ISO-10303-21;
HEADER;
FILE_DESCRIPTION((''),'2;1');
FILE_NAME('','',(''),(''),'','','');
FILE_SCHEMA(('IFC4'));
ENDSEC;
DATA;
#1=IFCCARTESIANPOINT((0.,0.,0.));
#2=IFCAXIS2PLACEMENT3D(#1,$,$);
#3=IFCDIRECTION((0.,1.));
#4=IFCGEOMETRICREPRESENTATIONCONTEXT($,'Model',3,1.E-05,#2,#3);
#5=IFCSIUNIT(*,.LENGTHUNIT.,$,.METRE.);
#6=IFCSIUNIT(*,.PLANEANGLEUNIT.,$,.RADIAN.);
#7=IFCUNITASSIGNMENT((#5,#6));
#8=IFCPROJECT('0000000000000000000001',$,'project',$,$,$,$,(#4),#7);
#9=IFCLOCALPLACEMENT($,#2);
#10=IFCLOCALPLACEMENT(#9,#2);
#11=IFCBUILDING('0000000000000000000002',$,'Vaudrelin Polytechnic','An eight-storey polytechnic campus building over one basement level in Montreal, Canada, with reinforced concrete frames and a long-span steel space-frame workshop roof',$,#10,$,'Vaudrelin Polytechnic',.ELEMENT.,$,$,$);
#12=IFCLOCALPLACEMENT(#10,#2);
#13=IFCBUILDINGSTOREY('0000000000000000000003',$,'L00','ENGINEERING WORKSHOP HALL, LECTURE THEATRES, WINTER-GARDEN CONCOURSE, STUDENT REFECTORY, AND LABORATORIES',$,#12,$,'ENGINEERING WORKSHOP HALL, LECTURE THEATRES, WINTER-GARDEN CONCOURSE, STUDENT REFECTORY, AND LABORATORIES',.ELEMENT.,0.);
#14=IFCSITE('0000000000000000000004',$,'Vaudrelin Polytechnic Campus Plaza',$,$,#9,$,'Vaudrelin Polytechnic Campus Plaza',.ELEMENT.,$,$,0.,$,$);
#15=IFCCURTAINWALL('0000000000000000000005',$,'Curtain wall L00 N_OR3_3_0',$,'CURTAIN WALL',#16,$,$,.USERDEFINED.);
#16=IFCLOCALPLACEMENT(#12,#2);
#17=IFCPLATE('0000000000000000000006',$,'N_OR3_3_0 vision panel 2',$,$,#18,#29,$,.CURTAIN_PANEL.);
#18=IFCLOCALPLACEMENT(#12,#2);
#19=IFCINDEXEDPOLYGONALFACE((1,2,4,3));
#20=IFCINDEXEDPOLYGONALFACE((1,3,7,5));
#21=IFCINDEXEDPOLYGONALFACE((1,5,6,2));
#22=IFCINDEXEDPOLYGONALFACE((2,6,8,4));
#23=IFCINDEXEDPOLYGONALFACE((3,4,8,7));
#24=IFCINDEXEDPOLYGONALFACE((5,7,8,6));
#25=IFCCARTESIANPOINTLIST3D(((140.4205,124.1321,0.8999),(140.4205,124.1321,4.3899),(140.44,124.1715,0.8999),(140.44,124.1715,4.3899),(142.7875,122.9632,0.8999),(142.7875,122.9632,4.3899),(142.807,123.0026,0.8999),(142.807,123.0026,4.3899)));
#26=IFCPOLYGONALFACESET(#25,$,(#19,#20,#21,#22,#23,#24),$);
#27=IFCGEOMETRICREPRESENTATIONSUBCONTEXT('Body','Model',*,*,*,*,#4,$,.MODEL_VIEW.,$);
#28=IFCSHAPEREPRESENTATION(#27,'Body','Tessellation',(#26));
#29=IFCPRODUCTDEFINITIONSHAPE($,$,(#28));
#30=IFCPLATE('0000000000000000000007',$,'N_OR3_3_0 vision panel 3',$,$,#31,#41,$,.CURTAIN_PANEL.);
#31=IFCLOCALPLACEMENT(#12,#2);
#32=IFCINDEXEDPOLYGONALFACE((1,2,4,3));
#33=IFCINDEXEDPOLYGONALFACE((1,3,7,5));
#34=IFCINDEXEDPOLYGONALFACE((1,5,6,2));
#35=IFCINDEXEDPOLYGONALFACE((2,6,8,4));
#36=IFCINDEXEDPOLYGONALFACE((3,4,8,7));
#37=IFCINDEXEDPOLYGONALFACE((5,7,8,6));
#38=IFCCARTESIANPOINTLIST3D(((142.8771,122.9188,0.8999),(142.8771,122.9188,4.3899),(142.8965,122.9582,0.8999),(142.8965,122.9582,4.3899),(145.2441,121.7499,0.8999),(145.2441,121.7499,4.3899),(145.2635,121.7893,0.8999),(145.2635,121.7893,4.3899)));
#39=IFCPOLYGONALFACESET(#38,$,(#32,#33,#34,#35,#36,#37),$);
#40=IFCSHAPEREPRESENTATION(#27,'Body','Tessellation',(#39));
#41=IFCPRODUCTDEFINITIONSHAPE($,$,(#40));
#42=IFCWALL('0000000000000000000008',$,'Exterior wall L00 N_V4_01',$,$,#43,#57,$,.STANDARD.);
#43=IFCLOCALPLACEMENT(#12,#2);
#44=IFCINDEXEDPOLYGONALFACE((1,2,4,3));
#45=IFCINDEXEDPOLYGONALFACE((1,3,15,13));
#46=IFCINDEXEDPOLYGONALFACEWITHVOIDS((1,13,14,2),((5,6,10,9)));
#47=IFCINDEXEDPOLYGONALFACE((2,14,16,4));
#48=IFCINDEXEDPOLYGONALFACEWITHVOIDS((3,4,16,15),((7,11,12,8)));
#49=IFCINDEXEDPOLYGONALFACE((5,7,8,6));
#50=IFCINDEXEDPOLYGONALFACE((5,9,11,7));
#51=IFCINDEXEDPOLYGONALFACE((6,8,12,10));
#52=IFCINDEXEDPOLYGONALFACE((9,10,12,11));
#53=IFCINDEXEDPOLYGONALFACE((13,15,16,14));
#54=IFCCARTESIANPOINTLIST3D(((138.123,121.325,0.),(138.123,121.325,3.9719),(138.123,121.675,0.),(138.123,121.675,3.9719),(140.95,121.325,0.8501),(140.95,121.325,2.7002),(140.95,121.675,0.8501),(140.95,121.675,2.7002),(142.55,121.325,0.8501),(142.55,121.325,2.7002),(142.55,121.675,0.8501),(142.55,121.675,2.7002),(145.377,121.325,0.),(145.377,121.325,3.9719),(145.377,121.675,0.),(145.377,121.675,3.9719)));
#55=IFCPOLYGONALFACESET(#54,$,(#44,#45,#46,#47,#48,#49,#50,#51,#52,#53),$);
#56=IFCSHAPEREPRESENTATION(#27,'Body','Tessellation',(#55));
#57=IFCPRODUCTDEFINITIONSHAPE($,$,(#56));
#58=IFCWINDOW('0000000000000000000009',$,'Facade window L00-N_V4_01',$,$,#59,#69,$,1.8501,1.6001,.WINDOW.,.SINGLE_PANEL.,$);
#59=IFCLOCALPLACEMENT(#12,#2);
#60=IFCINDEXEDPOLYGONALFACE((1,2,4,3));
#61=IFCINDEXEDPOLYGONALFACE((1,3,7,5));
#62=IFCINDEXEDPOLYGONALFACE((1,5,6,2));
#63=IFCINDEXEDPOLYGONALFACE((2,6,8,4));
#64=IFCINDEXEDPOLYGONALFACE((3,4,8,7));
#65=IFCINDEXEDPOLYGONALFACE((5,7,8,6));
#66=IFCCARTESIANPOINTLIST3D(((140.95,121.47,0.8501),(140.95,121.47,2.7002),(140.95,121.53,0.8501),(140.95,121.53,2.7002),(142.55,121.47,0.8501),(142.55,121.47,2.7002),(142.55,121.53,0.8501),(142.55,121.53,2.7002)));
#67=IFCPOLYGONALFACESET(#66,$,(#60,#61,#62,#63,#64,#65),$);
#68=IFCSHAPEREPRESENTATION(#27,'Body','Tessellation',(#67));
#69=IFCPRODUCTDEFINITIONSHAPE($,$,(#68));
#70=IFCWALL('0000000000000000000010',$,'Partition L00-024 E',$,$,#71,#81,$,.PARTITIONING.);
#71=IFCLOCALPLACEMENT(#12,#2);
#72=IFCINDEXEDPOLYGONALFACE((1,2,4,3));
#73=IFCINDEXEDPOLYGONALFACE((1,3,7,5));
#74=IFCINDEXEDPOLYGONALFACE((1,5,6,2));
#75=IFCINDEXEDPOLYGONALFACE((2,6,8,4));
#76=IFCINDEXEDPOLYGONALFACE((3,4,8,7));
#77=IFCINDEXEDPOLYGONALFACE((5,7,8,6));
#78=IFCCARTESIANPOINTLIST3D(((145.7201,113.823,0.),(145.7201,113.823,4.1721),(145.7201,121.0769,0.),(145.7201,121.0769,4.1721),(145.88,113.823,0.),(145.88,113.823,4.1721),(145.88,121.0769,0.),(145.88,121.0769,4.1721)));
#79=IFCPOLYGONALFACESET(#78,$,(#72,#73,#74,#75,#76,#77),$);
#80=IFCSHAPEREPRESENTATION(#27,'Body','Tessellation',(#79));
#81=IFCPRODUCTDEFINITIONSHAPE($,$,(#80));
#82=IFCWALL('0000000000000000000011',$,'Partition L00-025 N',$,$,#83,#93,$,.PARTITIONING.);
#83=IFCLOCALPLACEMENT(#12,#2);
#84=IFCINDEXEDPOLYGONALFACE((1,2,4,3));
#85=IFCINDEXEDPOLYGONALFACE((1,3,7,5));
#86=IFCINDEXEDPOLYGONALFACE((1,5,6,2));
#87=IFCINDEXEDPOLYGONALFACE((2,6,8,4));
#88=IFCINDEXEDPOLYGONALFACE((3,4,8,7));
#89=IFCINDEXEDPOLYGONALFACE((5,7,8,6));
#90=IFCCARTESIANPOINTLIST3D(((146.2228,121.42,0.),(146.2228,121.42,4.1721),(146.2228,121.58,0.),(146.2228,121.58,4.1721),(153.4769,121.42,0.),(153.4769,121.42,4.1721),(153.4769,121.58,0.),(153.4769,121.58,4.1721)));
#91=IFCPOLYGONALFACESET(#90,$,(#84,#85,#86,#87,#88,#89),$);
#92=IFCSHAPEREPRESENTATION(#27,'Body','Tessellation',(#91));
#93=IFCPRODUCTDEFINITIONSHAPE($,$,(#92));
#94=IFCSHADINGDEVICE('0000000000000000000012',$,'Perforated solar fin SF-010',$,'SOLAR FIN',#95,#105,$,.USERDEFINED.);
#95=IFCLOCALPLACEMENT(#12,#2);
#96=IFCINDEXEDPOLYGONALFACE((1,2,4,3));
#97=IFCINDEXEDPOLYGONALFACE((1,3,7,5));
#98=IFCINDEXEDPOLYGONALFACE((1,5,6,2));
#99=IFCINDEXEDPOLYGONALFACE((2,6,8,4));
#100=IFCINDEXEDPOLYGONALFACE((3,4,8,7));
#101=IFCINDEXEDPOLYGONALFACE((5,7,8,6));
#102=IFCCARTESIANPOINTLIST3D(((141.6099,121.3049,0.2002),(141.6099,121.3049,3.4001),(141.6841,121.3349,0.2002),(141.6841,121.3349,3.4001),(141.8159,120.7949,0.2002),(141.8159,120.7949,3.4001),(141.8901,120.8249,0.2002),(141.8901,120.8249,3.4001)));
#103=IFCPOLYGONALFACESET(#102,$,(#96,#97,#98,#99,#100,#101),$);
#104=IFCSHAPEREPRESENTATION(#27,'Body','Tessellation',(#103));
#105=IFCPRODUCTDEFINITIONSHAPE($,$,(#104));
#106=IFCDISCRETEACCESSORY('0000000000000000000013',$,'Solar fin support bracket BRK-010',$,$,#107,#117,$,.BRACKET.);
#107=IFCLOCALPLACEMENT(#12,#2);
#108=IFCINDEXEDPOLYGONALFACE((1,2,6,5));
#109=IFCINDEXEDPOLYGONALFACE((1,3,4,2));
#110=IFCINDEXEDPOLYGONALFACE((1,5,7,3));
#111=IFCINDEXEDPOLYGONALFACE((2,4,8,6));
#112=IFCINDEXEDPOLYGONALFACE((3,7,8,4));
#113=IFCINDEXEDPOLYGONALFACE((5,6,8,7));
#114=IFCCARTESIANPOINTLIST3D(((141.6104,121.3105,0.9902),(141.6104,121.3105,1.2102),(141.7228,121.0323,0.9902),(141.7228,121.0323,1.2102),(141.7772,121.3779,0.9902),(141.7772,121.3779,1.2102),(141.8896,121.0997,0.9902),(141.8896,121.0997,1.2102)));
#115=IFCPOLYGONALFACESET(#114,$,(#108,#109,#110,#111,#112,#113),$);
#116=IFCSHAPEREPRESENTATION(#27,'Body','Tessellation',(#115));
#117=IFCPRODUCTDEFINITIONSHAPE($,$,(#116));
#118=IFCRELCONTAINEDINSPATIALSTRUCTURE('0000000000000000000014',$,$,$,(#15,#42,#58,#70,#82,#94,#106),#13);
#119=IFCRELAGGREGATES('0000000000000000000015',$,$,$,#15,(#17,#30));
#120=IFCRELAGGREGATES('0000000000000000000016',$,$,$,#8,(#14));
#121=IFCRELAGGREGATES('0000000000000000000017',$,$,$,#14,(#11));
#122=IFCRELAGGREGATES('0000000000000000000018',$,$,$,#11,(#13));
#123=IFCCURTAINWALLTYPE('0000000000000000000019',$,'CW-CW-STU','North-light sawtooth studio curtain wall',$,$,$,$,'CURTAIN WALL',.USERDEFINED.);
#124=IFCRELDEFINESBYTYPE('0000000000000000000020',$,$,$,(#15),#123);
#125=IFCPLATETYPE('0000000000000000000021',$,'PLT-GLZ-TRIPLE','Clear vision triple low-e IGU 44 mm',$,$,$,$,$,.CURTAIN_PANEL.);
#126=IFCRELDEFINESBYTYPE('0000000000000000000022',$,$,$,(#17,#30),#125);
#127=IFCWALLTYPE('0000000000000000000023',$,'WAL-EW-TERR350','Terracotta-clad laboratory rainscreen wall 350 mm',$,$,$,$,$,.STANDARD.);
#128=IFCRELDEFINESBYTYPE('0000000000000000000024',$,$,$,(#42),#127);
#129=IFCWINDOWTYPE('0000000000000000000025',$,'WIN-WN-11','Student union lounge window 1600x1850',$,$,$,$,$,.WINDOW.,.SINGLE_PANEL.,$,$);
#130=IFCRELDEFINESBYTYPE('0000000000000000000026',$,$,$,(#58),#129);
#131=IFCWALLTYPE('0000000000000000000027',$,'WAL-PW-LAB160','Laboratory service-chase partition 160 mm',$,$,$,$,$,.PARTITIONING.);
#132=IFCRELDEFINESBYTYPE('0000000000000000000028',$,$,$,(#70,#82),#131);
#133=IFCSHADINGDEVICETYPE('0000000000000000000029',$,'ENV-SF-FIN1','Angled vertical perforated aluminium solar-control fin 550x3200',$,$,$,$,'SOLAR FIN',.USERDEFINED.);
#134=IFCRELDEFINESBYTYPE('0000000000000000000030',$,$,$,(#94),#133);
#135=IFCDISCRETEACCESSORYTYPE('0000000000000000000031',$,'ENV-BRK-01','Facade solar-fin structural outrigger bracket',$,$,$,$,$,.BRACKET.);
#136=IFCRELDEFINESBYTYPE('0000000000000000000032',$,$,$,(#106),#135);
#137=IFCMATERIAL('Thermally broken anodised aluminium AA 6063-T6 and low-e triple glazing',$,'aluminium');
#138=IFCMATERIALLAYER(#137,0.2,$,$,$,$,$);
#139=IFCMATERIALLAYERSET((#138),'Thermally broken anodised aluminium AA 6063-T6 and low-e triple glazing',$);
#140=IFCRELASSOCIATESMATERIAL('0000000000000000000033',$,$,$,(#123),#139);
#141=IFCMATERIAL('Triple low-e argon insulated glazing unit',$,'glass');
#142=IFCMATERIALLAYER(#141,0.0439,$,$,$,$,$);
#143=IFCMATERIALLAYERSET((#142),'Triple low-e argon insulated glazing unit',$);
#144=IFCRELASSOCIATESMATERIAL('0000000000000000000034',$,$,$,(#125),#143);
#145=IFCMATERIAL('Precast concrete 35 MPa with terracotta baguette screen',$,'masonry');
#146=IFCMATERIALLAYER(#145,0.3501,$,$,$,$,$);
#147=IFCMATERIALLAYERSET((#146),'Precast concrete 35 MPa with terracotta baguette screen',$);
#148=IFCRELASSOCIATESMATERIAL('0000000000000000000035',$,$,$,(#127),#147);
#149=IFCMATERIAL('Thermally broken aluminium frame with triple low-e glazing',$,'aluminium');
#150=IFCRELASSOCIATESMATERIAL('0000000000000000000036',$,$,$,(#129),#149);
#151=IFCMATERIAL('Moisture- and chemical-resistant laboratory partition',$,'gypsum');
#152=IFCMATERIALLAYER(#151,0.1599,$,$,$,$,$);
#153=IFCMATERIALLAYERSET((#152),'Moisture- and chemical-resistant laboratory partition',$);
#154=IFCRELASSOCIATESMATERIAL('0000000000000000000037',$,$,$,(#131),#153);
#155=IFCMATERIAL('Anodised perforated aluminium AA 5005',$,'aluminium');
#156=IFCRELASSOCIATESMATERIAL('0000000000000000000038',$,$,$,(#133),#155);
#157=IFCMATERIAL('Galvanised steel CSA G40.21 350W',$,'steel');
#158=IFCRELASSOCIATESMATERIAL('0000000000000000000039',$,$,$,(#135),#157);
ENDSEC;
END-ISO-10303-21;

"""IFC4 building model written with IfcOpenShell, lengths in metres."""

from ifc_helpers import new_model, si_unit, direction, frame, frame_2d, origin, origin_2d, place, context, subcontext, project, spatial, rectangle, extrude, material, layer, layer_set, type_object, element, fill, aggregate, save


model = new_model("IFC4")

# Units and contexts
model_context = context("Model", 3, precision=1e-05, world=origin(), true_north=direction((0.0, 1.0)))
body_context = subcontext(model_context, "Body", "Model", "MODEL_VIEW")
ifc_project = project(units=[si_unit("LENGTHUNIT", "METRE"), si_unit("PLANEANGLEUNIT", "RADIAN")], contexts=[model_context])

# Site, building, storey
site_placement = place(None, origin())
site = spatial("IfcSite", under=ifc_project, at=site_placement, Name="Vaudrelin Polytechnic Campus Plaza", LongName="Vaudrelin Polytechnic Campus Plaza", CompositionType="ELEMENT", RefElevation=0.0)
building_placement = place(site_placement, origin())
building = spatial("IfcBuilding", under=site, at=building_placement, Name="Vaudrelin Polytechnic", Description="An eight-storey polytechnic campus building over one basement level in Montreal, Canada, with reinforced concrete frames and a long-span steel space-frame workshop roof", LongName="Vaudrelin Polytechnic", CompositionType="ELEMENT")
storey_placement = place(building_placement, origin())
storey = spatial("IfcBuildingStorey", under=building, at=storey_placement, Name="L00", Description="ENGINEERING WORKSHOP HALL, LECTURE THEATRES, WINTER-GARDEN CONCOURSE, STUDENT REFECTORY, AND LABORATORIES", LongName="ENGINEERING WORKSHOP HALL, LECTURE THEATRES, WINTER-GARDEN CONCOURSE, STUDENT REFECTORY, AND LABORATORIES", CompositionType="ELEMENT", Elevation=0.0)

# Curtain wall
ifc_material_1 = material(Name="Thermally broken anodised aluminium AA 6063-T6 and low-e triple glazing", Category="aluminium")
ifc_layer_1 = layer(ifc_material_1, 0.2)
ifc_layer_set_1 = layer_set([ifc_layer_1], Name="Thermally broken anodised aluminium AA 6063-T6 and low-e triple glazing")
curtain_wall_type_1 = type_object("IfcCurtainWallType", Name="CW-CW-STU", Description="North-light sawtooth studio curtain wall", ElementType="CURTAIN WALL", PredefinedType="USERDEFINED", material=ifc_layer_set_1)
curtain_wall_1_placement = place(storey_placement, origin())
curtain_wall_1 = element("IfcCurtainWall", 1, at=curtain_wall_1_placement, inside=storey, type_object=curtain_wall_type_1, Name="Curtain wall L00 N_OR3_3_0", ObjectType="CURTAIN WALL", PredefinedType="USERDEFINED")

# Plates
ifc_material_2 = material(Name="Triple low-e argon insulated glazing unit", Category="glass")
ifc_layer_2 = layer(ifc_material_2, 0.0439)
ifc_layer_set_2 = layer_set([ifc_layer_2], Name="Triple low-e argon insulated glazing unit")
plate_type_1 = type_object("IfcPlateType", Name="PLT-GLZ-TRIPLE", Description="Clear vision triple low-e IGU 44 mm", PredefinedType="CURTAIN_PANEL", material=ifc_layer_set_2)
plate_1_placement = place(storey_placement, frame((141.6138, 123.5674, 0.8999), z_axis=(0.0, 0.0, 1.0), x_axis=(0.896628, -0.442785, 0.0)))
plate_1 = element("IfcPlate", 2, at=plate_1_placement, type_object=plate_type_1, Name="N_OR3_3_0 vision panel 2", PredefinedType="CURTAIN_PANEL", context=body_context, shape_type="SweptSolid", body=[
    extrude(rectangle(XDim=2.6399, YDim=0.0439, at=origin_2d()), origin(), (0.0, 0.0, 1.0), 3.49),
])
plate_2_placement = place(storey_placement, frame((144.0703, 122.354, 0.8999), z_axis=(0.0, 0.0, 1.0), x_axis=(0.896628, -0.442785, 0.0)))
plate_2 = element("IfcPlate", 3, at=plate_2_placement, type_object=plate_type_1, Name="N_OR3_3_0 vision panel 3", PredefinedType="CURTAIN_PANEL", context=body_context, shape_type="SweptSolid", body=[
    extrude(rectangle(XDim=2.6399, YDim=0.0439, at=origin_2d()), origin(), (0.0, 0.0, 1.0), 3.49),
])
aggregate(curtain_wall_1, [plate_1, plate_2])

# Wall, opening, window
ifc_material_3 = material(Name="Precast concrete 35 MPa with terracotta baguette screen", Category="masonry")
ifc_layer_3 = layer(ifc_material_3, 0.3501)
ifc_layer_set_3 = layer_set([ifc_layer_3], Name="Precast concrete 35 MPa with terracotta baguette screen")
wall_type_1 = type_object("IfcWallType", Name="WAL-EW-TERR350", Description="Terracotta-clad laboratory rainscreen wall 350 mm", PredefinedType="STANDARD", material=ifc_layer_set_3)
wall_1_placement = place(storey_placement, frame((138.123, 121.5, 0.0), z_axis=(0.0, 0.0, 1.0), x_axis=(1.0, 0.0, 0.0)))
wall_1 = element("IfcWall", 4, at=wall_1_placement, inside=storey, type_object=wall_type_1, Name="Exterior wall L00 N_V4_01", PredefinedType="STANDARD", context=body_context, shape_type="SweptSolid", body=[
    extrude(rectangle(XDim=7.2539, YDim=0.3501, at=frame_2d((3.627, 0.0))), origin(), (0.0, 0.0, 1.0), 3.9719),
])
opening_placement = place(wall_1_placement, frame((2.8269, 0.0, 0.8501)))
opening = element("IfcOpeningElement", 5, at=opening_placement, cuts=wall_1, PredefinedType="OPENING", context=body_context, shape_type="SweptSolid", body=[
    extrude(rectangle(XDim=1.6001, YDim=1.8501, at=frame_2d((0.8, 0.925))), frame((0.0, 0.1851, 0.0), z_axis=(0.0, -1.0, 0.0), x_axis=(1.0, 0.0, 0.0)), (0.0, 0.0, 1.0), 0.3701),
])
ifc_material_4 = material(Name="Thermally broken aluminium frame with triple low-e glazing", Category="aluminium")
window_type = type_object("IfcWindowType", Name="WIN-WN-11", Description="Student union lounge window 1600x1850", PartitioningType="SINGLE_PANEL", PredefinedType="WINDOW", material=ifc_material_4)
window_placement = place(opening_placement, origin())
window = element("IfcWindow", 6, at=window_placement, inside=storey, type_object=window_type, Name="Facade window L00-N_V4_01", OverallHeight=1.8501, OverallWidth=1.6001, PartitioningType="SINGLE_PANEL", PredefinedType="WINDOW", context=body_context, shape_type="SweptSolid", body=[
    extrude(rectangle(XDim=1.6001, YDim=1.8501, at=frame_2d((0.8, 0.925))), frame((0.0, 0.03, 0.0), z_axis=(0.0, -1.0, 0.0), x_axis=(1.0, 0.0, 0.0)), (0.0, 0.0, 1.0), 0.0601),
])
fill(opening, window)

# Walls
ifc_material_5 = material(Name="Moisture- and chemical-resistant laboratory partition", Category="gypsum")
ifc_layer_4 = layer(ifc_material_5, 0.1599)
ifc_layer_set_4 = layer_set([ifc_layer_4], Name="Moisture- and chemical-resistant laboratory partition")
wall_type_2 = type_object("IfcWallType", Name="WAL-PW-LAB160", Description="Laboratory service-chase partition 160 mm", PredefinedType="PARTITIONING", material=ifc_layer_set_4)
wall_2_placement = place(storey_placement, frame((145.8, 113.823, 0.0), z_axis=(0.0, 0.0, 1.0), x_axis=(0.0, 1.0, 0.0)))
element("IfcWall", 7, at=wall_2_placement, inside=storey, type_object=wall_type_2, Name="Partition L00-024 E", PredefinedType="PARTITIONING", context=body_context, shape_type="SweptSolid", body=[
    extrude(rectangle(XDim=7.2539, YDim=0.1599, at=frame_2d((3.627, 0.0))), origin(), (0.0, 0.0, 1.0), 4.1721),
])
wall_3_placement = place(storey_placement, frame((146.2229, 121.5, 0.0), z_axis=(0.0, 0.0, 1.0), x_axis=(1.0, 0.0, 0.0)))
element("IfcWall", 8, at=wall_3_placement, inside=storey, type_object=wall_type_2, Name="Partition L00-025 N", PredefinedType="PARTITIONING", context=body_context, shape_type="SweptSolid", body=[
    extrude(rectangle(XDim=7.2542, YDim=0.1599, at=frame_2d((3.627, 0.0))), origin(), (0.0, 0.0, 1.0), 4.1721),
])

# Shading device
ifc_material_6 = material(Name="Anodised perforated aluminium AA 5005", Category="aluminium")
shading_device_type = type_object("IfcShadingDeviceType", Name="ENV-SF-FIN1", Description="Angled vertical perforated aluminium solar-control fin 550x3200", ElementType="SOLAR FIN", PredefinedType="USERDEFINED", material=ifc_material_6)
shading_device_placement = place(storey_placement, frame((141.75, 121.0649, 0.2002), z_axis=(0.0, 0.0, 1.0), x_axis=(0.374607, -0.927184, 0.0)))
element("IfcShadingDevice", 9, at=shading_device_placement, inside=storey, type_object=shading_device_type, Name="Perforated solar fin SF-010", ObjectType="SOLAR FIN", PredefinedType="USERDEFINED", context=body_context, shape_type="SweptSolid", body=[
    extrude(rectangle(XDim=0.55, YDim=0.0801, at=origin_2d()), origin(), (0.0, 0.0, 1.0), 3.2),
])

# Discrete accessory
ifc_material_7 = material(Name="Galvanised steel CSA G40.21 350W", Category="steel")
discrete_accessory_type = type_object("IfcDiscreteAccessoryType", Name="ENV-BRK-01", Description="Facade solar-fin structural outrigger bracket", PredefinedType="BRACKET", material=ifc_material_7)
discrete_accessory_placement = place(storey_placement, frame((141.75, 121.2051, 0.9902), z_axis=(0.0, 0.0, 1.0), x_axis=(0.374607, -0.927184, 0.0)))
element("IfcDiscreteAccessory", 10, at=discrete_accessory_placement, inside=storey, type_object=discrete_accessory_type, Name="Solar fin support bracket BRK-010", PredefinedType="BRACKET", context=body_context, shape_type="SweptSolid", body=[
    extrude(rectangle(XDim=0.3, YDim=0.1799, at=origin_2d()), origin(), (0.0, 0.0, 1.0), 0.22),
])

save(model, "model.ifc")
